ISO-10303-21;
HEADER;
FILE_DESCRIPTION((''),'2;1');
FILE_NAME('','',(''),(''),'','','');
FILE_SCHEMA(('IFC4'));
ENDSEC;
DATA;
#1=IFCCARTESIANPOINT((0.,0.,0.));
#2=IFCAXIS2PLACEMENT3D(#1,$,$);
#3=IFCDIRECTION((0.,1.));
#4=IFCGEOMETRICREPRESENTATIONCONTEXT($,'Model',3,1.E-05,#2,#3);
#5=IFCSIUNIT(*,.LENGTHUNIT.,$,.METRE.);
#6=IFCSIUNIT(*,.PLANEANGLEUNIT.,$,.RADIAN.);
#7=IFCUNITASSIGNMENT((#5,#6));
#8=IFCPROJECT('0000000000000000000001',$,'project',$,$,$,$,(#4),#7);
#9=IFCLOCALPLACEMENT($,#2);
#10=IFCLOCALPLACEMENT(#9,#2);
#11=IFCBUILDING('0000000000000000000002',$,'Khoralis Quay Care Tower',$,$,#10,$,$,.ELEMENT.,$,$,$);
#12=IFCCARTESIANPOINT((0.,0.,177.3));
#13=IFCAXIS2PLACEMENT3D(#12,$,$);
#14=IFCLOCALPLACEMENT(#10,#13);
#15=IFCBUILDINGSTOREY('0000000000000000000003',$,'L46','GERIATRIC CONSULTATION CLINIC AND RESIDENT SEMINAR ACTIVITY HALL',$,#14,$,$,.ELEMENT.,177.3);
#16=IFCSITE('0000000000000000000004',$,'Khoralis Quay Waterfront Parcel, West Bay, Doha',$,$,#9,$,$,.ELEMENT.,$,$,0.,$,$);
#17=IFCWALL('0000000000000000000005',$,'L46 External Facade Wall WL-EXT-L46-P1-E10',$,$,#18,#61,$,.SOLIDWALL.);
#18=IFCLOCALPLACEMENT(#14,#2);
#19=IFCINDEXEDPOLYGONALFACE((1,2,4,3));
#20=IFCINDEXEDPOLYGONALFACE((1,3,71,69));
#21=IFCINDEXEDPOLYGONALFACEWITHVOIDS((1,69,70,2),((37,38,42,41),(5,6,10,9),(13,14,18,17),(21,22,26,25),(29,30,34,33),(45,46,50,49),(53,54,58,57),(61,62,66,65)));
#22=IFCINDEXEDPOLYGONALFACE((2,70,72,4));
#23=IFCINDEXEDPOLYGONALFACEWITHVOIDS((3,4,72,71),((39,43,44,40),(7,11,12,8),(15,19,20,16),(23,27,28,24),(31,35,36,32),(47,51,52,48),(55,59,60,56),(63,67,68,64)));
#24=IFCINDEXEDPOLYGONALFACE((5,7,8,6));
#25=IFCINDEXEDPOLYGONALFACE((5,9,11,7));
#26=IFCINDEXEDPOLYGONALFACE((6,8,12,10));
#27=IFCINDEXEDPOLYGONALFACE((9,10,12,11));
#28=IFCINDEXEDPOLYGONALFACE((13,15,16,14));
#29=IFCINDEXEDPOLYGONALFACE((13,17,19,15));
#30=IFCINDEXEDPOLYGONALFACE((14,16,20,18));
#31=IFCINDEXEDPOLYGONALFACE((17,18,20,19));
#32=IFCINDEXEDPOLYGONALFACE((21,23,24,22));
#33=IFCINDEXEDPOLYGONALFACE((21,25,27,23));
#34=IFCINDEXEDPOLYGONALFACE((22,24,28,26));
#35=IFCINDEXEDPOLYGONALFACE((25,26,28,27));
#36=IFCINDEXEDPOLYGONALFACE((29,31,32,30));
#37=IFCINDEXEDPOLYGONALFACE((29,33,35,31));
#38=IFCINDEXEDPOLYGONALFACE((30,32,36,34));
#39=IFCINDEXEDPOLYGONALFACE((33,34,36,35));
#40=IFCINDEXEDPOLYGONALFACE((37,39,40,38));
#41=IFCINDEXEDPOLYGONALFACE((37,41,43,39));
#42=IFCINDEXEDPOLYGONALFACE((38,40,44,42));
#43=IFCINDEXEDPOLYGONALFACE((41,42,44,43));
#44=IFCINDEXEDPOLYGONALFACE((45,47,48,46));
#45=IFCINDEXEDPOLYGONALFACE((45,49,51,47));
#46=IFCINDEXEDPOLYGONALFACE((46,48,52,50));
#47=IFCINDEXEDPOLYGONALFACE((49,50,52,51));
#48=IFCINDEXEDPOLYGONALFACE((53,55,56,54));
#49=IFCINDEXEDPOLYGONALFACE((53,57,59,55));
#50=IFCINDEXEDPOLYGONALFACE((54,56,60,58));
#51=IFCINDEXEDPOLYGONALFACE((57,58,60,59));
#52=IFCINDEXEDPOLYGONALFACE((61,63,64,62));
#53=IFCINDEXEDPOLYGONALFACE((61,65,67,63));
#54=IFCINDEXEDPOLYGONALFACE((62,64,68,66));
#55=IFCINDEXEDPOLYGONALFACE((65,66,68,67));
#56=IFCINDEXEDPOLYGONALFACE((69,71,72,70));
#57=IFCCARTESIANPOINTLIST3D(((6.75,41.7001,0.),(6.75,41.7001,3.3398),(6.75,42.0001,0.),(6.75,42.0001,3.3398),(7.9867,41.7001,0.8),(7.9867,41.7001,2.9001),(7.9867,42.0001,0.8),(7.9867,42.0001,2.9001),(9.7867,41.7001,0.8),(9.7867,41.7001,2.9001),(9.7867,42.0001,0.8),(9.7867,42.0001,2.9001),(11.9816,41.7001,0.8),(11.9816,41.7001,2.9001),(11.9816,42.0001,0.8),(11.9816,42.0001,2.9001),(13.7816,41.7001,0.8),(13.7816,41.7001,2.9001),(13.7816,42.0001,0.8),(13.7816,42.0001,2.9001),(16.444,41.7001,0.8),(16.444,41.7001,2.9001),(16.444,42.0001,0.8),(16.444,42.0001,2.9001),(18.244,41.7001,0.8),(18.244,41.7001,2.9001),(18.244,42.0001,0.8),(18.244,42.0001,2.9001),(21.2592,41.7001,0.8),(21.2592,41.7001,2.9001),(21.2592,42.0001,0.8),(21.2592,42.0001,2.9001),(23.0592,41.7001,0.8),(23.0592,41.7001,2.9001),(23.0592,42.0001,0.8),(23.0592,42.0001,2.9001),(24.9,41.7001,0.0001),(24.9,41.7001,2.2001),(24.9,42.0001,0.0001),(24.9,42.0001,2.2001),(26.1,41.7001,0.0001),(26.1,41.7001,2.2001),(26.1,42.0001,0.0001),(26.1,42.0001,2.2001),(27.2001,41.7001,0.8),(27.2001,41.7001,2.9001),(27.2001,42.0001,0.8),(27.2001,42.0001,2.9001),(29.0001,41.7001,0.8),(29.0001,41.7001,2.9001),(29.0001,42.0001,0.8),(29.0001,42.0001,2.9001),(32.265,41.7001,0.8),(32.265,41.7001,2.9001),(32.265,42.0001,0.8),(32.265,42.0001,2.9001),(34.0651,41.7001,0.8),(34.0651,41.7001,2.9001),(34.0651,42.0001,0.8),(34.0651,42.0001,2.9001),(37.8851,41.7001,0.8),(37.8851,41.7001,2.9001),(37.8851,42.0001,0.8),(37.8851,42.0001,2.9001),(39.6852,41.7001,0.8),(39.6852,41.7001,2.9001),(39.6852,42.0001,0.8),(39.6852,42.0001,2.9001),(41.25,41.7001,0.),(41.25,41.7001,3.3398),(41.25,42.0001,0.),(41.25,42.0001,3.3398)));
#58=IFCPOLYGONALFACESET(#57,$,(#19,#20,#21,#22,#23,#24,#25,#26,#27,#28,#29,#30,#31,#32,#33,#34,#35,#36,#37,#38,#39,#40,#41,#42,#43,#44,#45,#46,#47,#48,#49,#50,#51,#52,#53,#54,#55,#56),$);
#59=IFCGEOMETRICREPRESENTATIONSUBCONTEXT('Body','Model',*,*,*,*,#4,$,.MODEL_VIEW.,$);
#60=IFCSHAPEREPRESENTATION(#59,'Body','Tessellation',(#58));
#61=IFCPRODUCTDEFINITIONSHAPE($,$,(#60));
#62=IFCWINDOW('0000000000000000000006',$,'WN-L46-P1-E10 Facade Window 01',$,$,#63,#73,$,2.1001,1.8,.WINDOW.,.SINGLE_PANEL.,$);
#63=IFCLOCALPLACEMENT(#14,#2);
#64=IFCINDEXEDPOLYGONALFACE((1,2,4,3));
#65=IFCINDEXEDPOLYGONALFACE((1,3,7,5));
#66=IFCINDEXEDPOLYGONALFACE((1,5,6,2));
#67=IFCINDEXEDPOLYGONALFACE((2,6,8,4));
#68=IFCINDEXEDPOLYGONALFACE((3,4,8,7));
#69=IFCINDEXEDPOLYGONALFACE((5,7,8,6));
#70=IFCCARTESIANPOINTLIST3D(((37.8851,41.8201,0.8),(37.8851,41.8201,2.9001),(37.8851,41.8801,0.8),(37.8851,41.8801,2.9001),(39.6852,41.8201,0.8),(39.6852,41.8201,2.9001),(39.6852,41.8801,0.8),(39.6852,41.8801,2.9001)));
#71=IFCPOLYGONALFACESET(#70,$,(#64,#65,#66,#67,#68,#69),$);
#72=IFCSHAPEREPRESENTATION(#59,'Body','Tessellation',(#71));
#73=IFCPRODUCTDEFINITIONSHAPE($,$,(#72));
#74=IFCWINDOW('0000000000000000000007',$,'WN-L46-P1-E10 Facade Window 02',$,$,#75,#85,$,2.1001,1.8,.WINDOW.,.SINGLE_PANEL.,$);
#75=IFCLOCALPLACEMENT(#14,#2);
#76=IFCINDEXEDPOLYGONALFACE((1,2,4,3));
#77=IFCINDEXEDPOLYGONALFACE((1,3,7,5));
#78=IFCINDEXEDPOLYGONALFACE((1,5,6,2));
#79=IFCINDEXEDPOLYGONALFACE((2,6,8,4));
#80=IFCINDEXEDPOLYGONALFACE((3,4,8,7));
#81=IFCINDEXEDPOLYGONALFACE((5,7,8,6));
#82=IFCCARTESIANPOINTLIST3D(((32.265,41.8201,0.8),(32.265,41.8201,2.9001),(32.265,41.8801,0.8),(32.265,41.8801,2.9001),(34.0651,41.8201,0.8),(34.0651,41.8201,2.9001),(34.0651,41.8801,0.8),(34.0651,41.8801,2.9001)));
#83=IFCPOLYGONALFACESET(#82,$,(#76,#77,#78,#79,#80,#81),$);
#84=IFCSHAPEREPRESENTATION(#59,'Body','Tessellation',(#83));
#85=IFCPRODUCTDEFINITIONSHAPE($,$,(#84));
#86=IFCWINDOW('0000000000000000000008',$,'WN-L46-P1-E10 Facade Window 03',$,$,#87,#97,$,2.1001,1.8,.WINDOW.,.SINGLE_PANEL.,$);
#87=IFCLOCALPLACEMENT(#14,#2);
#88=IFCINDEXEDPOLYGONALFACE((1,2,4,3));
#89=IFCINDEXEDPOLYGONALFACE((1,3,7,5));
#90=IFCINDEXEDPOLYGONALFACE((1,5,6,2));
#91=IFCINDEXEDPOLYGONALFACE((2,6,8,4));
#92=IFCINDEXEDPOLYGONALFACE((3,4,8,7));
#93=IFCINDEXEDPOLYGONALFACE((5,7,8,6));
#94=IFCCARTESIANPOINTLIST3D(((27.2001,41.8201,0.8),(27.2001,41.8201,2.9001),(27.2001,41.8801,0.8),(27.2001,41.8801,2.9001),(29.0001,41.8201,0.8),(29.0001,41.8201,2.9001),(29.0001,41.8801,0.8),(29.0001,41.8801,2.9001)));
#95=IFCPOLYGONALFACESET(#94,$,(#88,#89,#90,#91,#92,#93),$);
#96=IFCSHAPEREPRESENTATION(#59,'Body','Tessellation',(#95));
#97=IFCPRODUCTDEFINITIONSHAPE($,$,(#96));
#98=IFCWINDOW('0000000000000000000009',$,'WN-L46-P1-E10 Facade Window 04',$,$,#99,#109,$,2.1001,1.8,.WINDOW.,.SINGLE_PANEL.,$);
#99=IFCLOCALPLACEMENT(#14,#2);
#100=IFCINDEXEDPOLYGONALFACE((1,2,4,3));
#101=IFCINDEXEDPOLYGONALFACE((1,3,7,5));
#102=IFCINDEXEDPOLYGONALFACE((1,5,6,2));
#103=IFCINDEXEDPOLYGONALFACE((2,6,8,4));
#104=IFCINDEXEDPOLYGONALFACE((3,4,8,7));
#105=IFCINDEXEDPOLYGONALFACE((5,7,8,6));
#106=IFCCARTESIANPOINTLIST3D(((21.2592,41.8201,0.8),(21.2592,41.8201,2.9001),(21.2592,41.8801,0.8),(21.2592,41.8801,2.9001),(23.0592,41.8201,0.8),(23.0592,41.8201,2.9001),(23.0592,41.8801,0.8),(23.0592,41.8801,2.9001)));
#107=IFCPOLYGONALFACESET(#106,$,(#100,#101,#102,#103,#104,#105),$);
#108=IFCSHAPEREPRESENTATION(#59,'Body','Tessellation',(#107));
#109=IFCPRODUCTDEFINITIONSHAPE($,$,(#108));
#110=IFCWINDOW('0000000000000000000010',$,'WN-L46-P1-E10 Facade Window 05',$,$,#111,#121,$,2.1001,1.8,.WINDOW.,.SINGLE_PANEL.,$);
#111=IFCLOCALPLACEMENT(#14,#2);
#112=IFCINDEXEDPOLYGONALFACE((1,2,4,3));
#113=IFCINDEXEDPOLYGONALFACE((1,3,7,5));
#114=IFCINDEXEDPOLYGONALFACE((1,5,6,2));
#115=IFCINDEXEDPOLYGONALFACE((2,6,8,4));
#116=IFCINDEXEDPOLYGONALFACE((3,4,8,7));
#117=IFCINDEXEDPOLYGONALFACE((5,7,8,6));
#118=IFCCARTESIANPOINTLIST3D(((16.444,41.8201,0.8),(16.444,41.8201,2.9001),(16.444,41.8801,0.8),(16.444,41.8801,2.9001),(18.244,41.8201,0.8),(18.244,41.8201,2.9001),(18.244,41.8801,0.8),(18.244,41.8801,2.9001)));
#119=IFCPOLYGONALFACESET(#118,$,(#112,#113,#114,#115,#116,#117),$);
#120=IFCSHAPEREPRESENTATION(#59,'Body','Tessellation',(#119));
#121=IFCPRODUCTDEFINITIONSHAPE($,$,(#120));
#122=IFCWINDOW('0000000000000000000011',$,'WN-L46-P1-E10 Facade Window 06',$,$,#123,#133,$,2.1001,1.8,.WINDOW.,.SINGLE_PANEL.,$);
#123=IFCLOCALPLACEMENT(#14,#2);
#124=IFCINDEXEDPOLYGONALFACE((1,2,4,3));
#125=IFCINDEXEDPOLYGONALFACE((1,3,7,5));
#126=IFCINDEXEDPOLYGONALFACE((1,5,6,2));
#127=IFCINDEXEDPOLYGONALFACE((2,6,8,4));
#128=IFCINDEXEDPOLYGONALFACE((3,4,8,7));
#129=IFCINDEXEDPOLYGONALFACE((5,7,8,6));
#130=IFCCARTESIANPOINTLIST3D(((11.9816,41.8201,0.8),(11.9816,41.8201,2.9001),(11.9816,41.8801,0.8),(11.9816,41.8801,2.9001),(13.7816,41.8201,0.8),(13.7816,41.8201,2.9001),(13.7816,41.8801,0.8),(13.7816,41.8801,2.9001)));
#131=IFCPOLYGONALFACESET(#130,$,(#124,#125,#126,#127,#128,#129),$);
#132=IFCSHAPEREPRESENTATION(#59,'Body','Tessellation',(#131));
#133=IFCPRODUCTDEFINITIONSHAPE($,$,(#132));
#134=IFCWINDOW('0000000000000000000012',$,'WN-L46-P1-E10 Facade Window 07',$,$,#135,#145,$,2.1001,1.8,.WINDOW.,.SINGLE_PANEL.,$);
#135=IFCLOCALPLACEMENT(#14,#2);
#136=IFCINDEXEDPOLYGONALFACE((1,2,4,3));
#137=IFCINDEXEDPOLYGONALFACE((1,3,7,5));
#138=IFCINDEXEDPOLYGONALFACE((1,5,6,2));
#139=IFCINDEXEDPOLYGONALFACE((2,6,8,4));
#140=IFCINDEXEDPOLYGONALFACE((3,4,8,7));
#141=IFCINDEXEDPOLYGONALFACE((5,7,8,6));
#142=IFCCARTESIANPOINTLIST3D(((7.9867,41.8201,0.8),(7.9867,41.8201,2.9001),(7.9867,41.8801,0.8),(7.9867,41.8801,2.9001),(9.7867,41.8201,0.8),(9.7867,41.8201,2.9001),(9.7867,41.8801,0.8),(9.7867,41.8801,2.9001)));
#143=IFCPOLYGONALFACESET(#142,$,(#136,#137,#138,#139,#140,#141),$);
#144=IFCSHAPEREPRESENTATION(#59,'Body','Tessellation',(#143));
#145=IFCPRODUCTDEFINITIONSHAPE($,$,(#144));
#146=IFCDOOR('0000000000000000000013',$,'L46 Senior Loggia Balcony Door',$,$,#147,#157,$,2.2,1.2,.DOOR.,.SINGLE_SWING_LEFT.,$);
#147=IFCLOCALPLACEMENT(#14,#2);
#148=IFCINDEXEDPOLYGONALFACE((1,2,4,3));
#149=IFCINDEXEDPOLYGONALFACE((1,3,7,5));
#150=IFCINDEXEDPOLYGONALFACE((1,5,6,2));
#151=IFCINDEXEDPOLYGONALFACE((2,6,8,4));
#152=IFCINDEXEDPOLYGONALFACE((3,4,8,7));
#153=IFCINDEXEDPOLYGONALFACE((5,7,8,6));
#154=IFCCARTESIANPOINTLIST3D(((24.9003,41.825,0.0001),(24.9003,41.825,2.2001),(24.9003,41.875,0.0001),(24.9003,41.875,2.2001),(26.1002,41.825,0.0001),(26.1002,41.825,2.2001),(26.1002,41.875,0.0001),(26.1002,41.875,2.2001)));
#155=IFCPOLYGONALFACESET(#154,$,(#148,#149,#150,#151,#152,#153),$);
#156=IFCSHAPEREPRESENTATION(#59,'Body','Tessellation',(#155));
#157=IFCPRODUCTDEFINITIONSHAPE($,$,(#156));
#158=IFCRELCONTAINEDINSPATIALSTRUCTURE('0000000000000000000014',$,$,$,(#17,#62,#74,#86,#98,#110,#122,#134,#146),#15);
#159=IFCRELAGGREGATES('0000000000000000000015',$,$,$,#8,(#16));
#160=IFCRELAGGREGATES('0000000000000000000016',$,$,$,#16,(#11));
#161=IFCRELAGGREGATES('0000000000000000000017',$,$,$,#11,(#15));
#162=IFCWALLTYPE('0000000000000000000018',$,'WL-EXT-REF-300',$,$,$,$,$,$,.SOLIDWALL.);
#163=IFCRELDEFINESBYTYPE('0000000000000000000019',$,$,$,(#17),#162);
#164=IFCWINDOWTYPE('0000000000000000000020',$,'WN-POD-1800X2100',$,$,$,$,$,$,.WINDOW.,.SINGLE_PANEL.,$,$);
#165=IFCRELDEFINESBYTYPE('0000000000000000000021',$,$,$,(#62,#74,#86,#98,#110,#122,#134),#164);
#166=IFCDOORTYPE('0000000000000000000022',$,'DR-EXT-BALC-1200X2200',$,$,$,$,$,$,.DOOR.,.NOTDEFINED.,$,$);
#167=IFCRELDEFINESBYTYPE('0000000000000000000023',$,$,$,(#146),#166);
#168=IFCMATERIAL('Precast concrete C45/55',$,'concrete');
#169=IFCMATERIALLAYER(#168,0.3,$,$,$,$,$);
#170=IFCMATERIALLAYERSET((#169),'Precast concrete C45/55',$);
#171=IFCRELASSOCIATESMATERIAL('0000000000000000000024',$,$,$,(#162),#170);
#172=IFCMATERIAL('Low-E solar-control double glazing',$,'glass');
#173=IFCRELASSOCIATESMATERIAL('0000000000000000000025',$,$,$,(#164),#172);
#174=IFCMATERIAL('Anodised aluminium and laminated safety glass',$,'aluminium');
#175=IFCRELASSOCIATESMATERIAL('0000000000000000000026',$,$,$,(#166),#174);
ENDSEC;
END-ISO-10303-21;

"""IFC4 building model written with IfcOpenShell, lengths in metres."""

from ifc_helpers import new_model, si_unit, direction, frame, frame_2d, origin, place, context, subcontext, project, spatial, rectangle, extrude, source, transform, mapped, material, layer, layer_set, type_object, element, fill, save


model = new_model("IFC4")

# Units and contexts
model_context = context("Model", 3, precision=1e-05, world=origin(), true_north=direction((0.0, 1.0)))
body_context = subcontext(model_context, "Body", "Model", "MODEL_VIEW")
ifc_project = project(units=[si_unit("LENGTHUNIT", "METRE"), si_unit("PLANEANGLEUNIT", "RADIAN")], contexts=[model_context])

# Site, building, storey
site_placement = place(None, origin())
site = spatial("IfcSite", under=ifc_project, at=site_placement, Name="Khoralis Quay Waterfront Parcel, West Bay, Doha", CompositionType="ELEMENT", RefElevation=0.0)
building_placement = place(site_placement, origin())
building = spatial("IfcBuilding", under=site, at=building_placement, Name="Khoralis Quay Care Tower", CompositionType="ELEMENT")
storey_placement = place(building_placement, frame((0.0, 0.0, 177.3)))
storey = spatial("IfcBuildingStorey", under=building, at=storey_placement, Name="L46", Description="GERIATRIC CONSULTATION CLINIC AND RESIDENT SEMINAR ACTIVITY HALL", CompositionType="ELEMENT", Elevation=177.3)

# Shared definitions
ifc_material_1 = material(Name="Precast concrete C45/55", Category="concrete")
ifc_layer_1 = layer(ifc_material_1, 0.3)
ifc_layer_set_1 = layer_set([ifc_layer_1], Name="Precast concrete C45/55")
wall_type_1 = type_object("IfcWallType", Name="WL-EXT-REF-300", PredefinedType="SOLIDWALL", material=ifc_layer_set_1)
ifc_material_2 = material(Name="Low-E solar-control double glazing", Category="glass")
window_type = type_object("IfcWindowType", Name="WN-POD-1800X2100", PartitioningType="SINGLE_PANEL", PredefinedType="WINDOW", material=ifc_material_2)
shared_shape_1 = source(origin(), body_context, "Body", "SweptSolid", [
    extrude(rectangle(XDim=1.8, YDim=2.1001, at=frame_2d((0.8999, 1.05))), frame((0.0, 0.03, 0.0), z_axis=(0.0, -1.0, 0.0), x_axis=(1.0, 0.0, 0.0)), (0.0, 0.0, 1.0), 0.0601),
])

# Wall, openings, windows, door
wall_1_placement = place(storey_placement, frame((41.25, 41.8501, 0.0), z_axis=(0.0, 0.0, 1.0), x_axis=(-1.0, 0.0, 0.0)))
wall_1 = element("IfcWall", 1, at=wall_1_placement, inside=storey, type_object=wall_type_1, Name="L46 External Facade Wall WL-EXT-L46-P1-E10", PredefinedType="SOLIDWALL", context=body_context, shape_type="SweptSolid", body=[
    extrude(rectangle(XDim=34.5, YDim=0.3, at=frame_2d((17.25, 0.0))), origin(), (0.0, 0.0, 1.0), 3.3398),
])
opening_1_placement = place(wall_1_placement, frame((1.5649, 0.0, 0.8)))
opening_1 = element("IfcOpeningElement", 2, at=opening_1_placement, cuts=wall_1, PredefinedType="OPENING", context=body_context, shape_type="SweptSolid", body=[
    extrude(rectangle(XDim=1.8, YDim=2.1001, at=frame_2d((0.8999, 1.05))), frame((0.0, 0.1602, 0.0), z_axis=(0.0, -1.0, 0.0), x_axis=(1.0, 0.0, 0.0)), (0.0, 0.0, 1.0), 0.3201),
])
opening_2_placement = place(wall_1_placement, frame((7.1851, 0.0, 0.8)))
opening_2 = element("IfcOpeningElement", 3, at=opening_2_placement, cuts=wall_1, PredefinedType="OPENING", context=body_context, shape_type="SweptSolid", body=[
    extrude(rectangle(XDim=1.8, YDim=2.1001, at=frame_2d((0.8999, 1.05))), frame((0.0, 0.1602, 0.0), z_axis=(0.0, -1.0, 0.0), x_axis=(1.0, 0.0, 0.0)), (0.0, 0.0, 1.0), 0.3201),
])
opening_3_placement = place(wall_1_placement, frame((12.25, 0.0, 0.8)))
opening_3 = element("IfcOpeningElement", 4, at=opening_3_placement, cuts=wall_1, PredefinedType="OPENING", context=body_context, shape_type="SweptSolid", body=[
    extrude(rectangle(XDim=1.8, YDim=2.1001, at=frame_2d((0.8999, 1.05))), frame((0.0, 0.1602, 0.0), z_axis=(0.0, -1.0, 0.0), x_axis=(1.0, 0.0, 0.0)), (0.0, 0.0, 1.0), 0.3201),
])
opening_4_placement = place(wall_1_placement, frame((18.1909, 0.0, 0.8)))
opening_4 = element("IfcOpeningElement", 5, at=opening_4_placement, cuts=wall_1, PredefinedType="OPENING", context=body_context, shape_type="SweptSolid", body=[
    extrude(rectangle(XDim=1.8, YDim=2.1001, at=frame_2d((0.8999, 1.05))), frame((0.0, 0.1602, 0.0), z_axis=(0.0, -1.0, 0.0), x_axis=(1.0, 0.0, 0.0)), (0.0, 0.0, 1.0), 0.3201),
])
opening_5_placement = place(wall_1_placement, frame((23.0061, 0.0, 0.8)))
opening_5 = element("IfcOpeningElement", 6, at=opening_5_placement, cuts=wall_1, PredefinedType="OPENING", context=body_context, shape_type="SweptSolid", body=[
    extrude(rectangle(XDim=1.8, YDim=2.1001, at=frame_2d((0.8999, 1.05))), frame((0.0, 0.1602, 0.0), z_axis=(0.0, -1.0, 0.0), x_axis=(1.0, 0.0, 0.0)), (0.0, 0.0, 1.0), 0.3201),
])
opening_6_placement = place(wall_1_placement, frame((27.4685, 0.0, 0.8)))
opening_6 = element("IfcOpeningElement", 7, at=opening_6_placement, cuts=wall_1, PredefinedType="OPENING", context=body_context, shape_type="SweptSolid", body=[
    extrude(rectangle(XDim=1.8, YDim=2.1001, at=frame_2d((0.8999, 1.05))), frame((0.0, 0.1602, 0.0), z_axis=(0.0, -1.0, 0.0), x_axis=(1.0, 0.0, 0.0)), (0.0, 0.0, 1.0), 0.3201),
])
opening_7_placement = place(wall_1_placement, frame((31.4634, 0.0, 0.8)))
opening_7 = element("IfcOpeningElement", 8, at=opening_7_placement, cuts=wall_1, PredefinedType="OPENING", context=body_context, shape_type="SweptSolid", body=[
    extrude(rectangle(XDim=1.8, YDim=2.1001, at=frame_2d((0.8999, 1.05))), frame((0.0, 0.1602, 0.0), z_axis=(0.0, -1.0, 0.0), x_axis=(1.0, 0.0, 0.0)), (0.0, 0.0, 1.0), 0.3201),
])
opening_8_placement = place(wall_1_placement, frame((15.1499, 0.0, 0.0)))
opening_8 = element("IfcOpeningElement", 9, at=opening_8_placement, cuts=wall_1, PredefinedType="OPENING", context=body_context, shape_type="SweptSolid", body=[
    extrude(rectangle(XDim=1.2, YDim=2.2, at=frame_2d((0.6001, 1.1001))), frame((0.0, 0.1602, 0.0), z_axis=(0.0, -1.0, 0.0), x_axis=(1.0, 0.0, 0.0)), (0.0, 0.0, 1.0), 0.3201),
])
window_1_placement = place(opening_1_placement, origin())
window_1 = element("IfcWindow", 10, at=window_1_placement, inside=storey, type_object=window_type, Name="WN-L46-P1-E10 Facade Window 01", OverallHeight=2.1001, OverallWidth=1.8, PartitioningType="SINGLE_PANEL", PredefinedType="WINDOW", context=body_context, shape_type="MappedRepresentation", body=[
    mapped(shared_shape_1, transform((0.0, 0.0, 0.0), scale=1.0)),
])
fill(opening_1, window_1)
window_2_placement = place(opening_2_placement, origin())
window_2 = element("IfcWindow", 11, at=window_2_placement, inside=storey, type_object=window_type, Name="WN-L46-P1-E10 Facade Window 02", OverallHeight=2.1001, OverallWidth=1.8, PartitioningType="SINGLE_PANEL", PredefinedType="WINDOW", context=body_context, shape_type="MappedRepresentation", body=[
    mapped(shared_shape_1, transform((0.0, 0.0, 0.0), scale=1.0)),
])
fill(opening_2, window_2)
window_3_placement = place(opening_3_placement, origin())
window_3 = element("IfcWindow", 12, at=window_3_placement, inside=storey, type_object=window_type, Name="WN-L46-P1-E10 Facade Window 03", OverallHeight=2.1001, OverallWidth=1.8, PartitioningType="SINGLE_PANEL", PredefinedType="WINDOW", context=body_context, shape_type="MappedRepresentation", body=[
    mapped(shared_shape_1, transform((0.0, 0.0, 0.0), scale=1.0)),
])
fill(opening_3, window_3)
window_4_placement = place(opening_4_placement, origin())
window_4 = element("IfcWindow", 13, at=window_4_placement, inside=storey, type_object=window_type, Name="WN-L46-P1-E10 Facade Window 04", OverallHeight=2.1001, OverallWidth=1.8, PartitioningType="SINGLE_PANEL", PredefinedType="WINDOW", context=body_context, shape_type="MappedRepresentation", body=[
    mapped(shared_shape_1, transform((0.0, 0.0, 0.0), scale=1.0)),
])
fill(opening_4, window_4)
window_5_placement = place(opening_5_placement, origin())
window_5 = element("IfcWindow", 14, at=window_5_placement, inside=storey, type_object=window_type, Name="WN-L46-P1-E10 Facade Window 05", OverallHeight=2.1001, OverallWidth=1.8, PartitioningType="SINGLE_PANEL", PredefinedType="WINDOW", context=body_context, shape_type="MappedRepresentation", body=[
    mapped(shared_shape_1, transform((0.0, 0.0, 0.0), scale=1.0)),
])
fill(opening_5, window_5)
window_6_placement = place(opening_6_placement, origin())
window_6 = element("IfcWindow", 15, at=window_6_placement, inside=storey, type_object=window_type, Name="WN-L46-P1-E10 Facade Window 06", OverallHeight=2.1001, OverallWidth=1.8, PartitioningType="SINGLE_PANEL", PredefinedType="WINDOW", context=body_context, shape_type="MappedRepresentation", body=[
    mapped(shared_shape_1, transform((0.0, 0.0, 0.0), scale=1.0)),
])
fill(opening_6, window_6)
window_7_placement = place(opening_7_placement, origin())
window_7 = element("IfcWindow", 16, at=window_7_placement, inside=storey, type_object=window_type, Name="WN-L46-P1-E10 Facade Window 07", OverallHeight=2.1001, OverallWidth=1.8, PartitioningType="SINGLE_PANEL", PredefinedType="WINDOW", context=body_context, shape_type="MappedRepresentation", body=[
    mapped(shared_shape_1, transform((0.0, 0.0, 0.0), scale=1.0)),
])
fill(opening_7, window_7)
ifc_material_3 = material(Name="Anodised aluminium and laminated safety glass", Category="aluminium")
door_type = type_object("IfcDoorType", Name="DR-EXT-BALC-1200X2200", OperationType="NOTDEFINED", PredefinedType="DOOR", material=ifc_material_3)
shared_shape_2 = source(origin(), body_context, "Body", "SweptSolid", [
    extrude(rectangle(XDim=1.2, YDim=2.2, at=frame_2d((0.6001, 1.1001))), frame((0.0, 0.0249, 0.0), z_axis=(0.0, -1.0, 0.0), x_axis=(1.0, 0.0, 0.0)), (0.0, 0.0, 1.0), 0.05),
])
door_placement = place(opening_8_placement, frame((1.2, 0.0, 0.0), z_axis=(0.0, 0.0, 1.0), x_axis=(-1.0, 0.0, 0.0)))
door = element("IfcDoor", 17, at=door_placement, inside=storey, type_object=door_type, Name="L46 Senior Loggia Balcony Door", OperationType="SINGLE_SWING_LEFT", OverallHeight=2.2, OverallWidth=1.2, PredefinedType="DOOR", context=body_context, shape_type="MappedRepresentation", body=[
    mapped(shared_shape_2, transform((0.0, 0.0, 0.0), scale=1.0)),
])
fill(opening_8, door)

save(model, "model.ifc")
